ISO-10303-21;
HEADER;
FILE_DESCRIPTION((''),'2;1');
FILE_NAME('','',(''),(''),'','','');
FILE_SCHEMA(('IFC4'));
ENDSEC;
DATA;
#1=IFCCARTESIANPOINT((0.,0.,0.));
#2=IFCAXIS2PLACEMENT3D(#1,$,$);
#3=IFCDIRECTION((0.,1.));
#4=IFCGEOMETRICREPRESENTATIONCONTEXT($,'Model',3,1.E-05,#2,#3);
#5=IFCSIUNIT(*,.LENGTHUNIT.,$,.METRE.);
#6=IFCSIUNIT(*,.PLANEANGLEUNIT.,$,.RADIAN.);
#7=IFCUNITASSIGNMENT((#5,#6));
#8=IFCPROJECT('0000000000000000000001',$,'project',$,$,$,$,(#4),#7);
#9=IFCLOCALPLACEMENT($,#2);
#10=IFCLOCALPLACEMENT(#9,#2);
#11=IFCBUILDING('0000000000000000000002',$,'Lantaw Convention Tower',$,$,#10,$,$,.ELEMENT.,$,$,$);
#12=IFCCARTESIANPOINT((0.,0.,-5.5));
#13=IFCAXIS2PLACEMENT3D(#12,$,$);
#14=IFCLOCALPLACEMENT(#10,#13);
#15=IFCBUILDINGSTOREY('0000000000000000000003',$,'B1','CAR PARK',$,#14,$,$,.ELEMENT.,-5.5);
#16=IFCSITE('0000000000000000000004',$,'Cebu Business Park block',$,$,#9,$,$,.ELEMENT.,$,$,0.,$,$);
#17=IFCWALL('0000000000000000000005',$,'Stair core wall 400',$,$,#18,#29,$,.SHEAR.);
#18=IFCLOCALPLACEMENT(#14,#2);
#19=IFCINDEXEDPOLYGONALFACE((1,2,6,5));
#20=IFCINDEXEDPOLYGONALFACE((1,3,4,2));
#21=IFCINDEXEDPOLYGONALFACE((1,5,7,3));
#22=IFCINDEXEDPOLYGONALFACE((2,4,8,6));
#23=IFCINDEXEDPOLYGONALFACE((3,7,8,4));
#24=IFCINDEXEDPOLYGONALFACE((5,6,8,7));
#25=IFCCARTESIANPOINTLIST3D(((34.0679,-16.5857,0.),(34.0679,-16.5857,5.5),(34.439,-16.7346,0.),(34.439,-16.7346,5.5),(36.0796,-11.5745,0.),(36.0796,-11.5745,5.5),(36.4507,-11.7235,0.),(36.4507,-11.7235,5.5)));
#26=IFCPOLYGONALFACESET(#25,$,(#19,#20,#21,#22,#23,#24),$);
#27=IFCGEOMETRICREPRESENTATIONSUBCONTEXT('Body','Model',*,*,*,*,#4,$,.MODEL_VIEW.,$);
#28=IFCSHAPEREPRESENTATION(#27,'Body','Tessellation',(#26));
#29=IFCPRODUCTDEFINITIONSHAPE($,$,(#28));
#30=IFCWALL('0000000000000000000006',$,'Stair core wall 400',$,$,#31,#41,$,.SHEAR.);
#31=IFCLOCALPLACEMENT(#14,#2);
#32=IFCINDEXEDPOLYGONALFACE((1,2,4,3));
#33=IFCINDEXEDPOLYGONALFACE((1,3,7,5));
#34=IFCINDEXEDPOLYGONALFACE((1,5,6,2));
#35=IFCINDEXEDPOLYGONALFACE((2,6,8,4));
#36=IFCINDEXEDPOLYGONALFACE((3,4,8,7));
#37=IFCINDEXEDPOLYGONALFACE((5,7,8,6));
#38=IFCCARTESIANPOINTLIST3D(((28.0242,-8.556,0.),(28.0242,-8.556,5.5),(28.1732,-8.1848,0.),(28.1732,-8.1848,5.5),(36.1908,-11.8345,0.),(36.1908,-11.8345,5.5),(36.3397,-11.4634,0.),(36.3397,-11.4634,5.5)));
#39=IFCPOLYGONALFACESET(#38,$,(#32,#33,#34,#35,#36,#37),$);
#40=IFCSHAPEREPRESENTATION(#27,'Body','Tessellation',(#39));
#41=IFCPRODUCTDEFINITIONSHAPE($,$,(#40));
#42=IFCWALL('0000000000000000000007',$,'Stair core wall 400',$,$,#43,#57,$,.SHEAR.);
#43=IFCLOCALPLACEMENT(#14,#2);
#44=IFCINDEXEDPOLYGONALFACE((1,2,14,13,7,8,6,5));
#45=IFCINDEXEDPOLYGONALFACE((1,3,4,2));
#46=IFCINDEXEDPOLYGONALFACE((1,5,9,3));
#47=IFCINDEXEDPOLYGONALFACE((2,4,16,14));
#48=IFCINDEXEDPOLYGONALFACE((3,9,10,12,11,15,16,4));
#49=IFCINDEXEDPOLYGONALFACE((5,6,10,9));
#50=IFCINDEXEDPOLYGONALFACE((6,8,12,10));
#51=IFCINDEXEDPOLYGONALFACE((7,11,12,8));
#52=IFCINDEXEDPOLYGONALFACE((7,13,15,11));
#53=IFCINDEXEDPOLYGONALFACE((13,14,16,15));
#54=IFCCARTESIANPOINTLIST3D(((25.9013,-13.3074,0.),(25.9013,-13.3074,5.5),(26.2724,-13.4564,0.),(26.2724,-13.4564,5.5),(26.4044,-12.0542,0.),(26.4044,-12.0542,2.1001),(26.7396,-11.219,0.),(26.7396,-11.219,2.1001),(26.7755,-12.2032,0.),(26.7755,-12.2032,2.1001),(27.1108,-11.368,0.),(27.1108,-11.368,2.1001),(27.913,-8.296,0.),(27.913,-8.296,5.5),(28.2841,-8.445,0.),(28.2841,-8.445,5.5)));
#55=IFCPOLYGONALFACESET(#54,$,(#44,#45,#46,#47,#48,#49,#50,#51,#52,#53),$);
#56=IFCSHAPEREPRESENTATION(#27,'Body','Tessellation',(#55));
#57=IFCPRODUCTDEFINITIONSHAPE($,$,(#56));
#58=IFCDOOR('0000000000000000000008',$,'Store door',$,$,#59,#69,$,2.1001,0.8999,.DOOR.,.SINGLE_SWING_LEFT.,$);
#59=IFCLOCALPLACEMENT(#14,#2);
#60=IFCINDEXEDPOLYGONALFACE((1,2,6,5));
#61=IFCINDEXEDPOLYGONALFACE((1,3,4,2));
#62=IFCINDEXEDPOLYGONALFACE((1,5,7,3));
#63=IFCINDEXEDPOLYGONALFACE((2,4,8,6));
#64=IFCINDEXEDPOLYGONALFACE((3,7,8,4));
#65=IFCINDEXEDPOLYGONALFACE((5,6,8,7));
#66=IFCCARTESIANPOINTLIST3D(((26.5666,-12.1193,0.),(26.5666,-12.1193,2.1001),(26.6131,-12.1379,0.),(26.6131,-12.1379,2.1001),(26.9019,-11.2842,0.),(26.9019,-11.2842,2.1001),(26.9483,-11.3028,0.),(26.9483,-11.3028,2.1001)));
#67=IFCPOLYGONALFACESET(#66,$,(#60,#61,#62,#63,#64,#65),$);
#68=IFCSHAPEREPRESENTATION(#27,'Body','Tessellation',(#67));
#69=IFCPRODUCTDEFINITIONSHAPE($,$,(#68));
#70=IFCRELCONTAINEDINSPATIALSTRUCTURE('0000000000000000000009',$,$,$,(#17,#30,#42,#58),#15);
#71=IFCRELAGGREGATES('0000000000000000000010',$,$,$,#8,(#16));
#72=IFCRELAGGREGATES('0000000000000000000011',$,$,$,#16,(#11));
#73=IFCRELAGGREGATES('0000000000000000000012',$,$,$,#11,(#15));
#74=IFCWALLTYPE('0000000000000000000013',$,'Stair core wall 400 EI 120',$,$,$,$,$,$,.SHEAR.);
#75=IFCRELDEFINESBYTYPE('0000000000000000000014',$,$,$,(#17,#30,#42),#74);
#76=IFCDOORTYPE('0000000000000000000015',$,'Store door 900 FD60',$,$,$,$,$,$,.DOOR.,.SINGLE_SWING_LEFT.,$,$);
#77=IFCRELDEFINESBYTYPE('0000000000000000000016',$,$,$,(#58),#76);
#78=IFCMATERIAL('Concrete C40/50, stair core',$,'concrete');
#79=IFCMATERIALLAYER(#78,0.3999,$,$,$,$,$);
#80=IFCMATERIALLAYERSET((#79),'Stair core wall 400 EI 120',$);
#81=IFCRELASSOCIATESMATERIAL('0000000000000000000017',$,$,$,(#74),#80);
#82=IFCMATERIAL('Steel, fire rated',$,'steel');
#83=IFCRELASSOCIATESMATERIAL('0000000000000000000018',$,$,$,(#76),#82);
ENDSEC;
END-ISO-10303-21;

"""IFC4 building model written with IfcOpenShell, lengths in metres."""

from ifc_helpers import new_model, si_unit, direction, frame, frame_2d, origin, place, context, subcontext, project, spatial, rectangle, extrude, material, layer, layer_set, type_object, element, fill, save


model = new_model("IFC4")

# Units and contexts
model_context = context("Model", 3, precision=1e-05, world=origin(), true_north=direction((0.0, 1.0)))
body_context = subcontext(model_context, "Body", "Model", "MODEL_VIEW")
ifc_project = project(units=[si_unit("LENGTHUNIT", "METRE"), si_unit("PLANEANGLEUNIT", "RADIAN")], contexts=[model_context])

# Site, building, storey
site_placement = place(None, origin())
site = spatial("IfcSite", under=ifc_project, at=site_placement, Name="Cebu Business Park block", CompositionType="ELEMENT", RefElevation=0.0)
building_placement = place(site_placement, origin())
building = spatial("IfcBuilding", under=site, at=building_placement, Name="Lantaw Convention Tower", CompositionType="ELEMENT")
storey_placement = place(building_placement, frame((0.0, 0.0, -5.5)))
storey = spatial("IfcBuildingStorey", under=building, at=storey_placement, Name="B1", Description="CAR PARK", CompositionType="ELEMENT", Elevation=-5.5)

# Walls
ifc_material_1 = material(Name="Concrete C40/50, stair core", Category="concrete")
ifc_layer_1 = layer(ifc_material_1, 0.3999)
ifc_layer_set_1 = layer_set([ifc_layer_1], Name="Stair core wall 400 EI 120")
wall_type_1 = type_object("IfcWallType", Name="Stair core wall 400 EI 120", PredefinedType="SHEAR", material=ifc_layer_set_1)
wall_1_placement = place(storey_placement, frame((34.2534, -16.6602, 0.0), z_axis=(0.0, 0.0, 1.0), x_axis=(0.372544, 0.928015, 0.0)))
element("IfcWall", 1, at=wall_1_placement, inside=storey, type_object=wall_type_1, Name="Stair core wall 400", PredefinedType="SHEAR", context=body_context, shape_type="SweptSolid", body=[
    extrude(rectangle(XDim=5.3999, YDim=0.3999, at=frame_2d((2.7, 0.0))), origin(), (0.0, 0.0, 1.0), 5.5),
])
wall_2_placement = place(storey_placement, frame((36.2651, -11.6489, 0.0), z_axis=(0.0, 0.0, 1.0), x_axis=(-0.928007, 0.372562, 0.0)))
element("IfcWall", 2, at=wall_2_placement, inside=storey, type_object=wall_type_1, Name="Stair core wall 400", PredefinedType="SHEAR", context=body_context, shape_type="SweptSolid", body=[
    extrude(rectangle(XDim=8.8, YDim=0.3999, at=frame_2d((4.3999, 0.0))), origin(), (0.0, 0.0, 1.0), 5.5),
])

# Wall, opening, door
wall_3_placement = place(storey_placement, frame((28.0986, -8.3704, 0.0), z_axis=(0.0, 0.0, 1.0), x_axis=(-0.372528, -0.928021, 0.0)))
wall_3 = element("IfcWall", 3, at=wall_3_placement, inside=storey, type_object=wall_type_1, Name="Stair core wall 400", PredefinedType="SHEAR", context=body_context, shape_type="SweptSolid", body=[
    extrude(rectangle(XDim=5.4001, YDim=0.3999, at=frame_2d((2.7002, 0.0))), origin(), (0.0, 0.0, 1.0), 5.5),
])
opening_placement = place(wall_3_placement, frame((3.1499, 0.0, 0.0)))
opening = element("IfcOpeningElement", 4, at=opening_placement, cuts=wall_3, PredefinedType="OPENING", context=body_context, shape_type="SweptSolid", body=[
    extrude(rectangle(XDim=0.8999, YDim=2.1001, at=frame_2d((0.45, 1.05))), frame((0.0, 0.21, 0.0), z_axis=(0.0, -1.0, 0.0), x_axis=(1.0, 0.0, 0.0)), (0.0, 0.0, 1.0), 0.4199),
])
ifc_material_2 = material(Name="Steel, fire rated", Category="steel")
door_type = type_object("IfcDoorType", Name="Store door 900 FD60", OperationType="SINGLE_SWING_LEFT", PredefinedType="DOOR", material=ifc_material_2)
door_placement = place(opening_placement, origin())
door = element("IfcDoor", 5, at=door_placement, inside=storey, type_object=door_type, Name="Store door", OperationType="SINGLE_SWING_LEFT", OverallHeight=2.1001, OverallWidth=0.8999, PredefinedType="DOOR", context=body_context, shape_type="SweptSolid", body=[
    extrude(rectangle(XDim=0.8999, YDim=2.1001, at=frame_2d((0.45, 1.05))), frame((0.0, 0.0249, 0.0), z_axis=(0.0, -1.0, 0.0), x_axis=(1.0, 0.0, 0.0)), (0.0, 0.0, 1.0), 0.05),
])
fill(opening, door)

save(model, "model.ifc")
